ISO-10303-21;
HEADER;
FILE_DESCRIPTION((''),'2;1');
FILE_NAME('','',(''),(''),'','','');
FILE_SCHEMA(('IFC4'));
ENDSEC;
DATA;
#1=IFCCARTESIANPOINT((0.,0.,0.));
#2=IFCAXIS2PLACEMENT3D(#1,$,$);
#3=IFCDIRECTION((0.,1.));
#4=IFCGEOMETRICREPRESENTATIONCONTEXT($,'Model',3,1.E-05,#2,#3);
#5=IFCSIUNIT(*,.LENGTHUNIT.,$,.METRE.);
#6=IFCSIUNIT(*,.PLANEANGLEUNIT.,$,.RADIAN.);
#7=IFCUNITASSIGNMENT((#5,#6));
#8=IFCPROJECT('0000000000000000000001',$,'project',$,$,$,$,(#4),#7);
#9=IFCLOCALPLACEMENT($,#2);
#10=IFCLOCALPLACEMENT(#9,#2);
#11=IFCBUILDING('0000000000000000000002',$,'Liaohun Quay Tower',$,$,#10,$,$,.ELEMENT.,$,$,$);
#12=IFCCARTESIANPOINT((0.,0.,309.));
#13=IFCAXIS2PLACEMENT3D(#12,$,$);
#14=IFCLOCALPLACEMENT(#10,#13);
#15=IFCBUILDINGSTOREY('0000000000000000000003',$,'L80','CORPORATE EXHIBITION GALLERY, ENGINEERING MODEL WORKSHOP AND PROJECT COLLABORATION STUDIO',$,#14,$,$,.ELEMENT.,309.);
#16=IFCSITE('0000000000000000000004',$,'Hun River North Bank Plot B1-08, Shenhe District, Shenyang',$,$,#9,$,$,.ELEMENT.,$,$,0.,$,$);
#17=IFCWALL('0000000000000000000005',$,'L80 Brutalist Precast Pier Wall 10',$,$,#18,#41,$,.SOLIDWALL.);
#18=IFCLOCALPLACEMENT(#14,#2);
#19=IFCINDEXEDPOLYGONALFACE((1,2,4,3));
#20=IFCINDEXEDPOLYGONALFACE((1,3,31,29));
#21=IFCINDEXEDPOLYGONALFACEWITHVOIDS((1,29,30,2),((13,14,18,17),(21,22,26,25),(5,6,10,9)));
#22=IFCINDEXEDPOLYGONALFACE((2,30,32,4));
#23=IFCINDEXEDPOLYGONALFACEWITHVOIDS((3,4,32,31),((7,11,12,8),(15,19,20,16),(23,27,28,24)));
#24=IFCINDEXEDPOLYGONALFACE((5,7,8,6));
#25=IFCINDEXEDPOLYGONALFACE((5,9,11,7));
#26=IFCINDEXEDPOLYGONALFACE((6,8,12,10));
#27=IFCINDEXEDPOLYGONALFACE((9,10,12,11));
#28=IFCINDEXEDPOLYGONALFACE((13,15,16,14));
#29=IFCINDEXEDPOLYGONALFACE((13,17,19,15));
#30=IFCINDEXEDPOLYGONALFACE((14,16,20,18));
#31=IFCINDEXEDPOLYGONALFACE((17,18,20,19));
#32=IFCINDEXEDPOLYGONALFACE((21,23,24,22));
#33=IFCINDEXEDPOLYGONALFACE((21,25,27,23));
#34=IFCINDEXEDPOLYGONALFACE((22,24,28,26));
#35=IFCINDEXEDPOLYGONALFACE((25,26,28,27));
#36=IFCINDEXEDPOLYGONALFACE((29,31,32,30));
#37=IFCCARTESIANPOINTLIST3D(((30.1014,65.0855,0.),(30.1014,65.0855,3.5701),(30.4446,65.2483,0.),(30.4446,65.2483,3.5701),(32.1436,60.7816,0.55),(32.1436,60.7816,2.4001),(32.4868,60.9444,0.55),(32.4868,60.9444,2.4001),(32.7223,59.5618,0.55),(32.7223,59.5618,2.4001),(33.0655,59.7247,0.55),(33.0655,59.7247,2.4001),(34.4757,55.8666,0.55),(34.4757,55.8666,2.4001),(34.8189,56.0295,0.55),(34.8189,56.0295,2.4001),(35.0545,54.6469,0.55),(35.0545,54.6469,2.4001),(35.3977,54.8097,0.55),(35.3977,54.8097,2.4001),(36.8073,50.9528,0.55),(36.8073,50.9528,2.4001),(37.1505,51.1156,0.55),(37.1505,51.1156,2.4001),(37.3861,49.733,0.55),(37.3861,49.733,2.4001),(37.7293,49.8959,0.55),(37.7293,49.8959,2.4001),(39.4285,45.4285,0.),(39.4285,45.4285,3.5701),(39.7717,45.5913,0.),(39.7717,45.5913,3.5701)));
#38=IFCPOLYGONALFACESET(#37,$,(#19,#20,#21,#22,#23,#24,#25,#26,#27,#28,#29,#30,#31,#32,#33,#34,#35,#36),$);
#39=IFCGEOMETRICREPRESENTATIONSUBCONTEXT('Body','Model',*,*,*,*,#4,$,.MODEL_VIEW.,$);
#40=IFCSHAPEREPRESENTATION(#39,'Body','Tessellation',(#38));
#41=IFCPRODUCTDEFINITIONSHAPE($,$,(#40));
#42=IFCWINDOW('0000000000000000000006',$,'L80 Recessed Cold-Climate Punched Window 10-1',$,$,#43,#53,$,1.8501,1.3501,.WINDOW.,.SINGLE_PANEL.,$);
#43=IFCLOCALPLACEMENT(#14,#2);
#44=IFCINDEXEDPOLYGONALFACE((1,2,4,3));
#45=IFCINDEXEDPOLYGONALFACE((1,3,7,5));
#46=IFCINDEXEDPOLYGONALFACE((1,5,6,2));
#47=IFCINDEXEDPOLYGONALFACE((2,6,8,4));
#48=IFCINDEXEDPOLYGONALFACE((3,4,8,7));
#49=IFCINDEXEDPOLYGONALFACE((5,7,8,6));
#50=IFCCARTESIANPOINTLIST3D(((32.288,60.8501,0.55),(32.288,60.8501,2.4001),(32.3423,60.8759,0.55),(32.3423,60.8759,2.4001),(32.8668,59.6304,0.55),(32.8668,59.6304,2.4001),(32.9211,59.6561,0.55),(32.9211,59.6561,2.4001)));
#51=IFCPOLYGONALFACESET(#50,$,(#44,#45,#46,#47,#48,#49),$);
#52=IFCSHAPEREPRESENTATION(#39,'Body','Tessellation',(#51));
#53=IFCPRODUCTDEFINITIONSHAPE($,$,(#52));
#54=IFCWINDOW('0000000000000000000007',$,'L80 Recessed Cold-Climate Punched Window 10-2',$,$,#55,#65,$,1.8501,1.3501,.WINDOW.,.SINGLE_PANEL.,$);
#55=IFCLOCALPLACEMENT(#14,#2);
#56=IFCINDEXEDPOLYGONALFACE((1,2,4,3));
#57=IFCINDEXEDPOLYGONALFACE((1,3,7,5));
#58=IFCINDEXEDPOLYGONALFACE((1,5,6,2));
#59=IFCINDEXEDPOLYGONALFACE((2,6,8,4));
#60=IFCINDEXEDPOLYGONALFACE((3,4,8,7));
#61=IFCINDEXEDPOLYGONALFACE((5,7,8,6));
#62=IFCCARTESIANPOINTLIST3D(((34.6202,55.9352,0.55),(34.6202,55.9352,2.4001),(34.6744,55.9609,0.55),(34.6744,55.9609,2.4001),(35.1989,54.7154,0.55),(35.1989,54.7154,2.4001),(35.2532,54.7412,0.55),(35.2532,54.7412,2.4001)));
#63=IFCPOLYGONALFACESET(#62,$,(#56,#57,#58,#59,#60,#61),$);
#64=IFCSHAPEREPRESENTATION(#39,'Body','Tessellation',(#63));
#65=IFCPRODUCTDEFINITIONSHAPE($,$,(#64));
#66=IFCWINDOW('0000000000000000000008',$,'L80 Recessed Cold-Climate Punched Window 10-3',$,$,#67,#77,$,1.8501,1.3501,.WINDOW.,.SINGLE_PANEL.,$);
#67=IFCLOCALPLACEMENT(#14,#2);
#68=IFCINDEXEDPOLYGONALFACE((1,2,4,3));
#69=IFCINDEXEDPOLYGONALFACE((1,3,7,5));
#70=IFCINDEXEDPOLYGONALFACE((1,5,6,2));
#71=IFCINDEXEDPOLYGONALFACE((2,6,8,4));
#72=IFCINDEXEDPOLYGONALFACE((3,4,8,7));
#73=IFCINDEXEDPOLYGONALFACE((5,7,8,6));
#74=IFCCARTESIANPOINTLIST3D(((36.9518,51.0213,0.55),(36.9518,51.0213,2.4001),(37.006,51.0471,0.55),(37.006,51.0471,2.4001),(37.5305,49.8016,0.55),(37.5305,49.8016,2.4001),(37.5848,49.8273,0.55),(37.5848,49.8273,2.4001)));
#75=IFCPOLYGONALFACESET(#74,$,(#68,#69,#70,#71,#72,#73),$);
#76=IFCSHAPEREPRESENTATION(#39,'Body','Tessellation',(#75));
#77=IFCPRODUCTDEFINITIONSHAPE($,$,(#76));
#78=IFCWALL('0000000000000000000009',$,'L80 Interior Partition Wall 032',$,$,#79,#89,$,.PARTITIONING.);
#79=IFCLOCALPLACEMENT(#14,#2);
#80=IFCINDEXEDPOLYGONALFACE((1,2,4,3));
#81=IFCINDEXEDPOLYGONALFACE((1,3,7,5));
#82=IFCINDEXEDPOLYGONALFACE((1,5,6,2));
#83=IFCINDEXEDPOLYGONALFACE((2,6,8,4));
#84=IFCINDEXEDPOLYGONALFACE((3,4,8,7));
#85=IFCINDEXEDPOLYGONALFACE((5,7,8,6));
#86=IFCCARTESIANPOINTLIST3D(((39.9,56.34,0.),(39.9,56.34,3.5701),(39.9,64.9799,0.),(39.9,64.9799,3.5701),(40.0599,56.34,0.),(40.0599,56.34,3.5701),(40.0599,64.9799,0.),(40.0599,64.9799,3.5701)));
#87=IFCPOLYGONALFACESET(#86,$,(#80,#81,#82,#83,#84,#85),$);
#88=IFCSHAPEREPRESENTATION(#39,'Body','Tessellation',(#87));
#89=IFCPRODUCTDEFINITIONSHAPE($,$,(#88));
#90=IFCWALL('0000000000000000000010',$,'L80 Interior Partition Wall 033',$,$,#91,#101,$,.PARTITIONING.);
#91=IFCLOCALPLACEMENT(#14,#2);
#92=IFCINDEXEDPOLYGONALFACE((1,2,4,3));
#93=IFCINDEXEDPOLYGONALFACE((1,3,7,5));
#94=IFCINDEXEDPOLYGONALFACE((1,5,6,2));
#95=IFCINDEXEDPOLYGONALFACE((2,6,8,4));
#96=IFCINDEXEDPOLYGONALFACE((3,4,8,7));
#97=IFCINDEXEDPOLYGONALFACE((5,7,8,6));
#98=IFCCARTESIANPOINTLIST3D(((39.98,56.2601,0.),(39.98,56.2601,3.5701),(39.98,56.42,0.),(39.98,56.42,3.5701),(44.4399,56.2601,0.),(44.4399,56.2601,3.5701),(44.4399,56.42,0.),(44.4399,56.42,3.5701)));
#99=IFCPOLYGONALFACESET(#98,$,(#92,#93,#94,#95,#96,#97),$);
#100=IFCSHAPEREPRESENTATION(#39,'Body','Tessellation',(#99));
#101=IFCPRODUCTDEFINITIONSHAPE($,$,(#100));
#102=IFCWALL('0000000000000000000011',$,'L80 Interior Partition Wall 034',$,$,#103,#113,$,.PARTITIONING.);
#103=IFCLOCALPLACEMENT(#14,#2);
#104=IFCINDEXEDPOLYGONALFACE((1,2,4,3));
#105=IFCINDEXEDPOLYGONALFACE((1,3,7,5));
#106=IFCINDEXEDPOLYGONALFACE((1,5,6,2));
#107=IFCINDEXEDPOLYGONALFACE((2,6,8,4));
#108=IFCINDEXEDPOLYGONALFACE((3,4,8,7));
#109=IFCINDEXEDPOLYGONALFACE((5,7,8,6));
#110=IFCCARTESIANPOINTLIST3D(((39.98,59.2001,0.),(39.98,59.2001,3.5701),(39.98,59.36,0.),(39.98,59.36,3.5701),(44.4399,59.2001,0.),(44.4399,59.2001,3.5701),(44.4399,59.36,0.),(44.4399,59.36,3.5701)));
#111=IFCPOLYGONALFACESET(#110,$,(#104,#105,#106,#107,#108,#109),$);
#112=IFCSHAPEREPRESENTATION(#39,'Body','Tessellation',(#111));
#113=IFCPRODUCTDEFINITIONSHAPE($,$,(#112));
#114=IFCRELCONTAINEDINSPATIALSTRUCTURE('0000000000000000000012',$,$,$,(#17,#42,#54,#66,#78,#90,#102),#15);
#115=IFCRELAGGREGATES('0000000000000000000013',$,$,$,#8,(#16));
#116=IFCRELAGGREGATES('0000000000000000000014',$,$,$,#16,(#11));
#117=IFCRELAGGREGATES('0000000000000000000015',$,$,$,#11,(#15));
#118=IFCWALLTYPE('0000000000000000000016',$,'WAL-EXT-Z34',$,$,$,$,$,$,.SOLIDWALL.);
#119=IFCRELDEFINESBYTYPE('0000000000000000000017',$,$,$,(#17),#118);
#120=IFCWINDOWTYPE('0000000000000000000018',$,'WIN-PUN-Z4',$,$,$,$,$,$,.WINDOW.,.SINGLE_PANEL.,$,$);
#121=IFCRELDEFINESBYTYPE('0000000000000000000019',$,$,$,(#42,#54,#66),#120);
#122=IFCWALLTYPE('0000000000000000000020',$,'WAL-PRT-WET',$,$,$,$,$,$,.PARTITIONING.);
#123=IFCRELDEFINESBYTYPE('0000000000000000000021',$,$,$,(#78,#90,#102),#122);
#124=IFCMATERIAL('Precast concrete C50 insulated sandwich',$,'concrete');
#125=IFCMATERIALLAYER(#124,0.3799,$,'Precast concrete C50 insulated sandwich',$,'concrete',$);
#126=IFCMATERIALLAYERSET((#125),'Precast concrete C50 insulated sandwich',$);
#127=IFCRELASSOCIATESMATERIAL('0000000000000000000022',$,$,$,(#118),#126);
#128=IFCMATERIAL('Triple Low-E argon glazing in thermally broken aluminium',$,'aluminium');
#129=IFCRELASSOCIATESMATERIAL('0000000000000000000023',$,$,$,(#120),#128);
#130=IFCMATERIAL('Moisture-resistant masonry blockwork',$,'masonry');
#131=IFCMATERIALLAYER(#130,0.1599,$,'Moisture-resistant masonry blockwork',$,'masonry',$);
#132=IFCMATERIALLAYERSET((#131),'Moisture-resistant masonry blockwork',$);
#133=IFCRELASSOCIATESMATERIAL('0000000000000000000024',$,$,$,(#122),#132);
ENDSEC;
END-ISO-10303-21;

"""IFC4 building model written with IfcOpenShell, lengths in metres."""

from ifc_helpers import new_model, si_unit, direction, frame, frame_2d, origin, place, context, subcontext, project, spatial, rectangle, extrude, source, transform, mapped, material, layer, layer_set, type_object, element, fill, save


model = new_model("IFC4")

# Units and contexts
model_context = context("Model", 3, precision=1e-05, world=origin(), true_north=direction((0.0, 1.0)))
body_context = subcontext(model_context, "Body", "Model", "MODEL_VIEW")
ifc_project = project(units=[si_unit("LENGTHUNIT", "METRE"), si_unit("PLANEANGLEUNIT", "RADIAN")], contexts=[model_context])

# Site, building, storey
site_placement = place(None, origin())
site = spatial("IfcSite", under=ifc_project, at=site_placement, Name="Hun River North Bank Plot B1-08, Shenhe District, Shenyang", CompositionType="ELEMENT", RefElevation=0.0)
building_placement = place(site_placement, origin())
building = spatial("IfcBuilding", under=site, at=building_placement, Name="Liaohun Quay Tower", CompositionType="ELEMENT")
storey_placement = place(building_placement, frame((0.0, 0.0, 309.0)))
storey = spatial("IfcBuildingStorey", under=building, at=storey_placement, Name="L80", Description="CORPORATE EXHIBITION GALLERY, ENGINEERING MODEL WORKSHOP AND PROJECT COLLABORATION STUDIO", CompositionType="ELEMENT", Elevation=309.0)

# Shared definitions
ifc_material_1 = material(Name="Precast concrete C50 insulated sandwich", Category="concrete")
ifc_layer_1 = layer(ifc_material_1, 0.3799, Name="Precast concrete C50 insulated sandwich", Category="concrete")
ifc_layer_set_1 = layer_set([ifc_layer_1], Name="Precast concrete C50 insulated sandwich")
wall_type_1 = type_object("IfcWallType", Name="WAL-EXT-Z34", PredefinedType="SOLIDWALL", material=ifc_layer_set_1)

# Wall, openings, windows
wall_1_placement = place(storey_placement, frame((30.2729, 65.167, 0.0), z_axis=(0.0, 0.0, 1.0), x_axis=(0.428685, -0.903454, 0.0)))
wall_1 = element("IfcWall", 1, at=wall_1_placement, inside=storey, type_object=wall_type_1, Name="L80 Brutalist Precast Pier Wall 10", PredefinedType="SOLIDWALL", context=body_context, shape_type="SweptSolid", body=[
    extrude(rectangle(XDim=21.7576, YDim=0.3799, at=frame_2d((10.8789, 0.0))), origin(), (0.0, 0.0, 1.0), 3.5701),
])
shared_shape_1 = source(origin(), body_context, "Body", "SweptSolid", [
    extrude(rectangle(XDim=1.3501, YDim=1.8501, at=frame_2d((0.675, 0.925))), frame((0.0, 0.2, 0.0), z_axis=(0.0, -1.0, 0.0), x_axis=(1.0, 0.0, 0.0)), (0.0, 0.0, 1.0), 0.3999),
])
opening_1_placement = place(wall_1_placement, frame((4.7639, 0.0, 0.55)))
opening_1 = element("IfcOpeningElement", 2, at=opening_1_placement, cuts=wall_1, PredefinedType="OPENING", context=body_context, shape_type="MappedRepresentation", body=[
    mapped(shared_shape_1, transform((0.0, 0.0, 0.0), x_axis=(1.0, 0.0, 0.0), y_axis=(0.0, 1.0, 0.0), z_axis=(0.0, 0.0, 1.0), scale=1.0)),
])
opening_2_placement = place(wall_1_placement, frame((10.2041, 0.0, 0.55)))
opening_2 = element("IfcOpeningElement", 3, at=opening_2_placement, cuts=wall_1, PredefinedType="OPENING", context=body_context, shape_type="MappedRepresentation", body=[
    mapped(shared_shape_1, transform((0.0, 0.0, 0.0), x_axis=(1.0, 0.0, 0.0), y_axis=(0.0, 1.0, 0.0), z_axis=(0.0, 0.0, 1.0), scale=1.0)),
])
opening_3_placement = place(wall_1_placement, frame((15.6431, 0.0, 0.55)))
opening_3 = element("IfcOpeningElement", 4, at=opening_3_placement, cuts=wall_1, PredefinedType="OPENING", context=body_context, shape_type="MappedRepresentation", body=[
    mapped(shared_shape_1, transform((0.0, 0.0, 0.0), x_axis=(1.0, 0.0, 0.0), y_axis=(0.0, 1.0, 0.0), z_axis=(0.0, 0.0, 1.0), scale=1.0)),
])
ifc_material_2 = material(Name="Triple Low-E argon glazing in thermally broken aluminium", Category="aluminium")
window_type_1 = type_object("IfcWindowType", Name="WIN-PUN-Z4", PartitioningType="SINGLE_PANEL", PredefinedType="WINDOW", material=ifc_material_2)
shared_shape_2 = source(origin(), body_context, "Body", "SweptSolid", [
    extrude(rectangle(XDim=1.3501, YDim=1.8501, at=frame_2d((0.675, 0.925))), frame((0.0, 0.03, 0.0), z_axis=(0.0, -1.0, 0.0), x_axis=(1.0, 0.0, 0.0)), (0.0, 0.0, 1.0), 0.0601),
])
window_1_placement = place(opening_1_placement, origin())
window_1 = element("IfcWindow", 5, at=window_1_placement, inside=storey, type_object=window_type_1, Name="L80 Recessed Cold-Climate Punched Window 10-1", OverallHeight=1.8501, OverallWidth=1.3501, PartitioningType="SINGLE_PANEL", PredefinedType="WINDOW", context=body_context, shape_type="MappedRepresentation", body=[
    mapped(shared_shape_2, transform((0.0, 0.0, 0.0), x_axis=(1.0, 0.0, 0.0), y_axis=(0.0, 1.0, 0.0), z_axis=(0.0, 0.0, 1.0), scale=1.0)),
])
fill(opening_1, window_1)
window_2_placement = place(opening_2_placement, origin())
window_2 = element("IfcWindow", 6, at=window_2_placement, inside=storey, type_object=window_type_1, Name="L80 Recessed Cold-Climate Punched Window 10-2", OverallHeight=1.8501, OverallWidth=1.3501, PartitioningType="SINGLE_PANEL", PredefinedType="WINDOW", context=body_context, shape_type="MappedRepresentation", body=[
    mapped(shared_shape_2, transform((0.0, 0.0, 0.0), x_axis=(1.0, 0.0, 0.0), y_axis=(0.0, 1.0, 0.0), z_axis=(0.0, 0.0, 1.0), scale=1.0)),
])
fill(opening_2, window_2)
window_3_placement = place(opening_3_placement, origin())
window_3 = element("IfcWindow", 7, at=window_3_placement, inside=storey, type_object=window_type_1, Name="L80 Recessed Cold-Climate Punched Window 10-3", OverallHeight=1.8501, OverallWidth=1.3501, PartitioningType="SINGLE_PANEL", PredefinedType="WINDOW", context=body_context, shape_type="MappedRepresentation", body=[
    mapped(shared_shape_2, transform((0.0, 0.0, 0.0), x_axis=(1.0, 0.0, 0.0), y_axis=(0.0, 1.0, 0.0), z_axis=(0.0, 0.0, 1.0), scale=1.0)),
])
fill(opening_3, window_3)

# Walls
ifc_material_3 = material(Name="Moisture-resistant masonry blockwork", Category="masonry")
ifc_layer_2 = layer(ifc_material_3, 0.1599, Name="Moisture-resistant masonry blockwork", Category="masonry")
ifc_layer_set_2 = layer_set([ifc_layer_2], Name="Moisture-resistant masonry blockwork")
wall_type_2 = type_object("IfcWallType", Name="WAL-PRT-WET", PredefinedType="PARTITIONING", material=ifc_layer_set_2)
wall_2_placement = place(storey_placement, frame((39.98, 56.3401, 0.0), z_axis=(0.0, 0.0, 1.0), x_axis=(0.0, 1.0, 0.0)))
element("IfcWall", 8, at=wall_2_placement, inside=storey, type_object=wall_type_2, Name="L80 Interior Partition Wall 032", PredefinedType="PARTITIONING", context=body_context, shape_type="SweptSolid", body=[
    extrude(rectangle(XDim=8.6399, YDim=0.1599, at=frame_2d((4.3198, 0.0))), origin(), (0.0, 0.0, 1.0), 3.5701),
])
for number, where, z_axis, x_axis, name in (
    (9, (39.98, 56.3401, 0.0), (0.0, 0.0, 1.0), (1.0, 0.0, 0.0), "L80 Interior Partition Wall 033"),
    (10, (39.98, 59.28, 0.0), (0.0, 0.0, 1.0), (1.0, 0.0, 0.0), "L80 Interior Partition Wall 034"),
):
    element("IfcWall", number, at=place(storey_placement, frame(where, z_axis=z_axis, x_axis=x_axis)), inside=storey, type_object=wall_type_2, Name=name, PredefinedType="PARTITIONING", context=body_context, shape_type="SweptSolid", body=[
        extrude(rectangle(XDim=4.46, YDim=0.1599, at=frame_2d((2.23, 0.0))), origin(), (0.0, 0.0, 1.0), 3.5701),
    ])

save(model, "model.ifc")
